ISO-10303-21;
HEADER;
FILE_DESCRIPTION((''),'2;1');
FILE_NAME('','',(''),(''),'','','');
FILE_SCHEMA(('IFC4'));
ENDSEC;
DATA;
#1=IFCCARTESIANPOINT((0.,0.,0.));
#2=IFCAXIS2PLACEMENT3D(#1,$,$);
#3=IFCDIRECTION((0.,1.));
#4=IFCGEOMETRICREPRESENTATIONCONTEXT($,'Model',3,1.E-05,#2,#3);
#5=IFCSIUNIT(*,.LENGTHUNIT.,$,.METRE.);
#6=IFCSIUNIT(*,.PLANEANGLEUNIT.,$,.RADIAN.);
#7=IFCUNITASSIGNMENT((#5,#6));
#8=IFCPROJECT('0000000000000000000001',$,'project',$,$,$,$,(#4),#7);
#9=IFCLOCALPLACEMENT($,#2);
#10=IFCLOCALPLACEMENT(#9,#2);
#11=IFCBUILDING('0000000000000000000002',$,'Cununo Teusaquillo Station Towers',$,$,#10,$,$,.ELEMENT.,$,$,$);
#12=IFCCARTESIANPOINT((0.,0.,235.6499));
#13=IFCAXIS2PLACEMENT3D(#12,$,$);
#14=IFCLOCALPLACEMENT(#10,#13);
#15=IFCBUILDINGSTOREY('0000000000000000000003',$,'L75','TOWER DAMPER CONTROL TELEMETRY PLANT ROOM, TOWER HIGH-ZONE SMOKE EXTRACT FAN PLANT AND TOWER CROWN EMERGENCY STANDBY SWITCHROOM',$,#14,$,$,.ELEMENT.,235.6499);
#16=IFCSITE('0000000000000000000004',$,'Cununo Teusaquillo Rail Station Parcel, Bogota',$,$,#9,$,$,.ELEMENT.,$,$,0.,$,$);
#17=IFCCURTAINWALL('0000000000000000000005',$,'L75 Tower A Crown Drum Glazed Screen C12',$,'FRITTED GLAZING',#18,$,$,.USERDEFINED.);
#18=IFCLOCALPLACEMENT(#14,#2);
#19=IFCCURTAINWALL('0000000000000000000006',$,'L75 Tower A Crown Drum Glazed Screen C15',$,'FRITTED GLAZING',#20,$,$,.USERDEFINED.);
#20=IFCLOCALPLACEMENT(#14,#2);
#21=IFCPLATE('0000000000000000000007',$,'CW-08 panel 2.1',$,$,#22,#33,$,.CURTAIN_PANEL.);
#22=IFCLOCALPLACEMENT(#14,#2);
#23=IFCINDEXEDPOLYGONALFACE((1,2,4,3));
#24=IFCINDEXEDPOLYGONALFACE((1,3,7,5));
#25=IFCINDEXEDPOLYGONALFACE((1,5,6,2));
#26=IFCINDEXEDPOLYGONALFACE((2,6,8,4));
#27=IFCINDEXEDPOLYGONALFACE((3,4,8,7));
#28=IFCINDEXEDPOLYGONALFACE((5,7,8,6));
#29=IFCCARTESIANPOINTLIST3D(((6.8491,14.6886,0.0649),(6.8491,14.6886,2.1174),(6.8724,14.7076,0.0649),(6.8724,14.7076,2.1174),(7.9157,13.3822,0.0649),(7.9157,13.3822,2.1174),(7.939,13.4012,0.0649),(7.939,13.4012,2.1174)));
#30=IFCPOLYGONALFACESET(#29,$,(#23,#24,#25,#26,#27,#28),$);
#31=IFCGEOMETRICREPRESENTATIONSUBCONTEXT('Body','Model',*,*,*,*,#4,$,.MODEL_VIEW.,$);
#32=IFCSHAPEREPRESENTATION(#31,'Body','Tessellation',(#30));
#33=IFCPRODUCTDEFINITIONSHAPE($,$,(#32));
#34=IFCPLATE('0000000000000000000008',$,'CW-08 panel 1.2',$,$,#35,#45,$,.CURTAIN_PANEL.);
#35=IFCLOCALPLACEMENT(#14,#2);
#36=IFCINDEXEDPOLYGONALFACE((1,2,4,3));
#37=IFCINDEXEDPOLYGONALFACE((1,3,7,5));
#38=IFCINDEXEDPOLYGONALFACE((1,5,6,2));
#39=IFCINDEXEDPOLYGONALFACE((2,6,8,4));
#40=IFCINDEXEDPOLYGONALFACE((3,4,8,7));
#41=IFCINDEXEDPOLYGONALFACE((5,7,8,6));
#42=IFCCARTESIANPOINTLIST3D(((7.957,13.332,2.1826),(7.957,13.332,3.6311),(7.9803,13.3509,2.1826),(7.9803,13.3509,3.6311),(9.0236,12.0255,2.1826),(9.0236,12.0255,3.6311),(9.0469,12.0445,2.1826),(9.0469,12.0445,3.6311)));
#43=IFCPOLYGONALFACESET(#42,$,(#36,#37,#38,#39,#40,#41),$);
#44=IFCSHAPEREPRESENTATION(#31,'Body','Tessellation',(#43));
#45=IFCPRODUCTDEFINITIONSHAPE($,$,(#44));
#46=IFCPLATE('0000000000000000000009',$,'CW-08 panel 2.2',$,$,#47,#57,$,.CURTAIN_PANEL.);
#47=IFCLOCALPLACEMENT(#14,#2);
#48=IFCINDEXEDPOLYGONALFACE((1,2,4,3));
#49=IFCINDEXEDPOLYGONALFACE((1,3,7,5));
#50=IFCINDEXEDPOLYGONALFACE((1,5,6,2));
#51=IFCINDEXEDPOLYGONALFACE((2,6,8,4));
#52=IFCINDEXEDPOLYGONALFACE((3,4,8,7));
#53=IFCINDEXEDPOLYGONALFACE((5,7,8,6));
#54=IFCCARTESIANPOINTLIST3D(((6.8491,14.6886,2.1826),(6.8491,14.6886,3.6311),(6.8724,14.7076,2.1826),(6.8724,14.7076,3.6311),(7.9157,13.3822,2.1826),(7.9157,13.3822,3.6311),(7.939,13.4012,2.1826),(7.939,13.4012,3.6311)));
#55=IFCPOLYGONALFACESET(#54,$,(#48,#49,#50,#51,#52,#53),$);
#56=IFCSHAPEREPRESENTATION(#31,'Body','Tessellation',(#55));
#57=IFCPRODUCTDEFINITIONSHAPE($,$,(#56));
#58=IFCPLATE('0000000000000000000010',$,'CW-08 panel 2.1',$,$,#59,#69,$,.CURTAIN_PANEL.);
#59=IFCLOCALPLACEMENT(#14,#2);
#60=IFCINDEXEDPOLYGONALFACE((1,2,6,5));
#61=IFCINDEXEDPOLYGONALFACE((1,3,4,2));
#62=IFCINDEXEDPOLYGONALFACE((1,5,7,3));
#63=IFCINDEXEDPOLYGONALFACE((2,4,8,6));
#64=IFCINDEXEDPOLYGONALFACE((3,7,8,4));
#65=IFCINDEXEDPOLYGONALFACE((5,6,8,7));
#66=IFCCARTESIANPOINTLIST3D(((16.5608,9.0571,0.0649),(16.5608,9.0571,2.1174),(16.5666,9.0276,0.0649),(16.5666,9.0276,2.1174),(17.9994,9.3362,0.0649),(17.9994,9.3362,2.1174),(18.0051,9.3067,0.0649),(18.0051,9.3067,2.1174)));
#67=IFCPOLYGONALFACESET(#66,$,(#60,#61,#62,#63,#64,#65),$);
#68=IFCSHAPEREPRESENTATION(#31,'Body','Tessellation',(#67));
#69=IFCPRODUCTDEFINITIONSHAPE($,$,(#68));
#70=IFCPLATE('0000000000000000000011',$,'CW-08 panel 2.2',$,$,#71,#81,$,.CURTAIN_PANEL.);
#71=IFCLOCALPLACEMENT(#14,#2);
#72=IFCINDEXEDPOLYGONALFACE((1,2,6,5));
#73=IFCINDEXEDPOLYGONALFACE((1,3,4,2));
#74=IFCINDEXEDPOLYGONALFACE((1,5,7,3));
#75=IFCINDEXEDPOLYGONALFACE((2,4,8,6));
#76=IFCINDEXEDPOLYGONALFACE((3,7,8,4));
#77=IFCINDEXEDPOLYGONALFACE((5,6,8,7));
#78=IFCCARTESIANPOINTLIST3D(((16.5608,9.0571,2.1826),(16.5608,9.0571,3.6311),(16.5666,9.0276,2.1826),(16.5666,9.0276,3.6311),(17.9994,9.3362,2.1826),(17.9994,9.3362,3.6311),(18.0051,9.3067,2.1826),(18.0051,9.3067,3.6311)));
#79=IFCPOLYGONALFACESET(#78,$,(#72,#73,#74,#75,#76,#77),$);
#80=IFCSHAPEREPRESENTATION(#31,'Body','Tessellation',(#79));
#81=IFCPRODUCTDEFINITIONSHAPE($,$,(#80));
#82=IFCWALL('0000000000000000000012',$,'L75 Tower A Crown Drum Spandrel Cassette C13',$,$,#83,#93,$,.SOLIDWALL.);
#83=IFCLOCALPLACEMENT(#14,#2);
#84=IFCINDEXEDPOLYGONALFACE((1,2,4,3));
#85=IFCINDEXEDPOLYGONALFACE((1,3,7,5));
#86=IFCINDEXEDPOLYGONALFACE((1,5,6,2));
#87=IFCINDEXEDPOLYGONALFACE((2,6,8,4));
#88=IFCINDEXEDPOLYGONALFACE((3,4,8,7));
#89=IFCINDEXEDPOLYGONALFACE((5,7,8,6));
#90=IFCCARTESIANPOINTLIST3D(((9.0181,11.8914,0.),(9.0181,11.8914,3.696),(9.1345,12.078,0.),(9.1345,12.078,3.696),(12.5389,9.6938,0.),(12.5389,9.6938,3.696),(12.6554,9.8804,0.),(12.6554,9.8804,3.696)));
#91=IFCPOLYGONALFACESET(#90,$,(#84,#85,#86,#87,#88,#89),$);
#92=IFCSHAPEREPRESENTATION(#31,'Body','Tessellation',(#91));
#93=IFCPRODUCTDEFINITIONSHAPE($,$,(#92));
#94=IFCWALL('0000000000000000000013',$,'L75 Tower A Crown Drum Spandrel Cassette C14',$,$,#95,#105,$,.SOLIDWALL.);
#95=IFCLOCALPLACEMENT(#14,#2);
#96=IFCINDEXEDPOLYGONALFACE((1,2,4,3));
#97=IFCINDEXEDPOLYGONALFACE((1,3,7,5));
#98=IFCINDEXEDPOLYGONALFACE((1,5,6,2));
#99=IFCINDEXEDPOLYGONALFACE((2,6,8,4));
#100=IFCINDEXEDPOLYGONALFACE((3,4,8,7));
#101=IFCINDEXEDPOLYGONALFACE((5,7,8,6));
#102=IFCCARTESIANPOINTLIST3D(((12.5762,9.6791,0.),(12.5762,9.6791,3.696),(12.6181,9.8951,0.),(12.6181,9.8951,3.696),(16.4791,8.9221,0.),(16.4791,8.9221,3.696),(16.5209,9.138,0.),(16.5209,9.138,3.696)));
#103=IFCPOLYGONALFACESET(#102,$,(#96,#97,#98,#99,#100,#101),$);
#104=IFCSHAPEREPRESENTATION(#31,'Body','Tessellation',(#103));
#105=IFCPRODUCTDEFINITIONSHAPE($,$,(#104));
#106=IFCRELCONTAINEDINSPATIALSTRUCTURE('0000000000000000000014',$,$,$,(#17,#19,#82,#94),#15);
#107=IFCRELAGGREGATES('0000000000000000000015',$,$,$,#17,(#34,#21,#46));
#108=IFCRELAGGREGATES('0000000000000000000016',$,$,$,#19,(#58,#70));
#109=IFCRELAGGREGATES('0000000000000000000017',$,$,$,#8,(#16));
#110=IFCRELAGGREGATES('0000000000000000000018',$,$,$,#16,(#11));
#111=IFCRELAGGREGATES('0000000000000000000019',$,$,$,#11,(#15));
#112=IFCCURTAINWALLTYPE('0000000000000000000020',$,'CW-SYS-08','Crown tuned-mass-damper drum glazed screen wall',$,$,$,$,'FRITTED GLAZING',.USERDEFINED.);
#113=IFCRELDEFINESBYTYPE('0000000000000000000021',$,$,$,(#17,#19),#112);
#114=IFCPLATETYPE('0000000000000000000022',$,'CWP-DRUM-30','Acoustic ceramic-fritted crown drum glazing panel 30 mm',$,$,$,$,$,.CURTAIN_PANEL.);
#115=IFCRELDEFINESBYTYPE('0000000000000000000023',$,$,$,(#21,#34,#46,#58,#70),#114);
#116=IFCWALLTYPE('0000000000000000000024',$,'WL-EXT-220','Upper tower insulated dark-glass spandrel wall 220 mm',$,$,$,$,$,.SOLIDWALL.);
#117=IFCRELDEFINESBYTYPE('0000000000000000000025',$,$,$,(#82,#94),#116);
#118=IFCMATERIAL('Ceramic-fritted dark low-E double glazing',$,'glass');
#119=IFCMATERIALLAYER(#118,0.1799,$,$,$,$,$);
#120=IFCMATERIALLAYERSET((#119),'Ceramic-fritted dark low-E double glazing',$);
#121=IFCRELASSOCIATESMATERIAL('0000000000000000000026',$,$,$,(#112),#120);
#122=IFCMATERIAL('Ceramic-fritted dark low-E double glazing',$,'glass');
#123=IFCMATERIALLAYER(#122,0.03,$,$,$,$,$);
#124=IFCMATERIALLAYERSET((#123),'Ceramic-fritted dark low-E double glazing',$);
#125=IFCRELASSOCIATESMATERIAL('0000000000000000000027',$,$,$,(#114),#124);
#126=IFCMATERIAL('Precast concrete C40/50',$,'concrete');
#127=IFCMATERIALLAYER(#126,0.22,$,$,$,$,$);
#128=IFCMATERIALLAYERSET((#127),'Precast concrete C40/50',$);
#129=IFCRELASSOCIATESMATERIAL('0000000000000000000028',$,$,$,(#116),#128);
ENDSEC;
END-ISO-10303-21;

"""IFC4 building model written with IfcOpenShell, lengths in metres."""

from ifc_helpers import new_model, si_unit, direction, frame, frame_2d, origin, origin_2d, place, context, subcontext, project, spatial, rectangle, extrude, source, transform, mapped, material, layer, layer_set, type_object, element, aggregate, save


model = new_model("IFC4")

# Units and contexts
model_context = context("Model", 3, precision=1e-05, world=origin(), true_north=direction((0.0, 1.0)))
body_context = subcontext(model_context, "Body", "Model", "MODEL_VIEW")
ifc_project = project(units=[si_unit("LENGTHUNIT", "METRE"), si_unit("PLANEANGLEUNIT", "RADIAN")], contexts=[model_context])

# Site, building, storey
site_placement = place(None, origin())
site = spatial("IfcSite", under=ifc_project, at=site_placement, Name="Cununo Teusaquillo Rail Station Parcel, Bogota", CompositionType="ELEMENT", RefElevation=0.0)
building_placement = place(site_placement, origin())
building = spatial("IfcBuilding", under=site, at=building_placement, Name="Cununo Teusaquillo Station Towers", CompositionType="ELEMENT")
storey_placement = place(building_placement, frame((0.0, 0.0, 235.6499)))
storey = spatial("IfcBuildingStorey", under=building, at=storey_placement, Name="L75", Description="TOWER DAMPER CONTROL TELEMETRY PLANT ROOM, TOWER HIGH-ZONE SMOKE EXTRACT FAN PLANT AND TOWER CROWN EMERGENCY STANDBY SWITCHROOM", CompositionType="ELEMENT", Elevation=235.6499)

# Curtain walls
ifc_material_1 = material(Name="Ceramic-fritted dark low-E double glazing", Category="glass")
ifc_layer_1 = layer(ifc_material_1, 0.1799)
ifc_layer_set_1 = layer_set([ifc_layer_1], Name="Ceramic-fritted dark low-E double glazing")
curtain_wall_type = type_object("IfcCurtainWallType", Name="CW-SYS-08", Description="Crown tuned-mass-damper drum glazed screen wall", ElementType="FRITTED GLAZING", PredefinedType="USERDEFINED", material=ifc_layer_set_1)
curtain_wall_1_placement = place(storey_placement, origin())
curtain_wall_1 = element("IfcCurtainWall", 1, at=curtain_wall_1_placement, inside=storey, type_object=curtain_wall_type, Name="L75 Tower A Crown Drum Glazed Screen C12", ObjectType="FRITTED GLAZING", PredefinedType="USERDEFINED")
curtain_wall_2_placement = place(storey_placement, origin())
curtain_wall_2 = element("IfcCurtainWall", 2, at=curtain_wall_2_placement, inside=storey, type_object=curtain_wall_type, Name="L75 Tower A Crown Drum Glazed Screen C15", ObjectType="FRITTED GLAZING", PredefinedType="USERDEFINED")

# Plates
ifc_material_2 = material(Name="Ceramic-fritted dark low-E double glazing", Category="glass")
ifc_layer_2 = layer(ifc_material_2, 0.03)
ifc_layer_set_2 = layer_set([ifc_layer_2], Name="Ceramic-fritted dark low-E double glazing")
plate_type_1 = type_object("IfcPlateType", Name="CWP-DRUM-30", Description="Acoustic ceramic-fritted crown drum glazing panel 30 mm", PredefinedType="CURTAIN_PANEL", material=ifc_layer_set_2)
shared_shape_1 = source(origin(), body_context, "Body", "SweptSolid", [
    extrude(rectangle(XDim=1.6865, YDim=0.03, at=origin_2d()), origin(), (0.0, 0.0, 1.0), 2.0525),
])
plate_1_placement = place(storey_placement, frame((7.394, 14.0449, 0.0649), z_axis=(0.0, 0.0, 1.0), x_axis=(-0.632409, 0.774635, 0.0)))
plate_1 = element("IfcPlate", 3, at=plate_1_placement, type_object=plate_type_1, Name="CW-08 panel 2.1", PredefinedType="CURTAIN_PANEL", context=body_context, shape_type="MappedRepresentation", body=[
    mapped(shared_shape_1, transform((0.0, 0.0, 0.0), x_axis=(1.0, 0.0, 0.0), y_axis=(0.0, 1.0, 0.0), z_axis=(0.0, 0.0, 1.0), scale=1.0)),
])
shared_shape_2 = source(origin(), body_context, "Body", "SweptSolid", [
    extrude(rectangle(XDim=1.6865, YDim=0.03, at=origin_2d()), origin(), (0.0, 0.0, 1.0), 1.4485),
])
plate_2_placement = place(storey_placement, frame((8.502, 12.6882, 2.1826), z_axis=(0.0, 0.0, 1.0), x_axis=(-0.632409, 0.774635, 0.0)))
plate_2 = element("IfcPlate", 4, at=plate_2_placement, type_object=plate_type_1, Name="CW-08 panel 1.2", PredefinedType="CURTAIN_PANEL", context=body_context, shape_type="MappedRepresentation", body=[
    mapped(shared_shape_2, transform((0.0, 0.0, 0.0), x_axis=(1.0, 0.0, 0.0), y_axis=(0.0, 1.0, 0.0), z_axis=(0.0, 0.0, 1.0), scale=1.0)),
])
plate_3_placement = place(storey_placement, frame((7.394, 14.0449, 2.1826), z_axis=(0.0, 0.0, 1.0), x_axis=(-0.632409, 0.774635, 0.0)))
plate_3 = element("IfcPlate", 5, at=plate_3_placement, type_object=plate_type_1, Name="CW-08 panel 2.2", PredefinedType="CURTAIN_PANEL", context=body_context, shape_type="MappedRepresentation", body=[
    mapped(shared_shape_2, transform((0.0, 0.0, 0.0), x_axis=(1.0, 0.0, 0.0), y_axis=(0.0, 1.0, 0.0), z_axis=(0.0, 0.0, 1.0), scale=1.0)),
])
aggregate(curtain_wall_1, [plate_2, plate_1, plate_3])
shared_shape_3 = source(origin(), body_context, "Body", "SweptSolid", [
    extrude(rectangle(XDim=1.4653, YDim=0.03, at=origin_2d()), origin(), (0.0, 0.0, 1.0), 2.0525),
])
plate_4_placement = place(storey_placement, frame((17.283, 9.1819, 0.0649), z_axis=(0.0, 0.0, 1.0), x_axis=(-0.981696, -0.190453, 0.0)))
plate_4 = element("IfcPlate", 6, at=plate_4_placement, type_object=plate_type_1, Name="CW-08 panel 2.1", PredefinedType="CURTAIN_PANEL", context=body_context, shape_type="MappedRepresentation", body=[
    mapped(shared_shape_3, transform((0.0, 0.0, 0.0), x_axis=(1.0, 0.0, 0.0), y_axis=(0.0, 1.0, 0.0), z_axis=(0.0, 0.0, 1.0), scale=1.0)),
])
shared_shape_4 = source(origin(), body_context, "Body", "SweptSolid", [
    extrude(rectangle(XDim=1.4653, YDim=0.03, at=origin_2d()), origin(), (0.0, 0.0, 1.0), 1.4485),
])
plate_5_placement = place(storey_placement, frame((17.283, 9.1819, 2.1826), z_axis=(0.0, 0.0, 1.0), x_axis=(-0.981696, -0.190453, 0.0)))
plate_5 = element("IfcPlate", 7, at=plate_5_placement, type_object=plate_type_1, Name="CW-08 panel 2.2", PredefinedType="CURTAIN_PANEL", context=body_context, shape_type="MappedRepresentation", body=[
    mapped(shared_shape_4, transform((0.0, 0.0, 0.0), x_axis=(1.0, 0.0, 0.0), y_axis=(0.0, 1.0, 0.0), z_axis=(0.0, 0.0, 1.0), scale=1.0)),
])
aggregate(curtain_wall_2, [plate_4, plate_5])

# Walls
ifc_material_3 = material(Name="Precast concrete C40/50", Category="concrete")
ifc_layer_3 = layer(ifc_material_3, 0.22)
ifc_layer_set_3 = layer_set([ifc_layer_3], Name="Precast concrete C40/50")
wall_type = type_object("IfcWallType", Name="WL-EXT-220", Description="Upper tower insulated dark-glass spandrel wall 220 mm", PredefinedType="SOLIDWALL", material=ifc_layer_set_3)
wall_1_placement = place(storey_placement, frame((12.5972, 9.7871, 0.0), z_axis=(0.0, 0.0, 1.0), x_axis=(-0.848319, 0.529486, 0.0)))
element("IfcWall", 8, at=wall_1_placement, inside=storey, type_object=wall_type, Name="L75 Tower A Crown Drum Spandrel Cassette C13", PredefinedType="SOLIDWALL", context=body_context, shape_type="SweptSolid", body=[
    extrude(rectangle(XDim=4.1504, YDim=0.22, at=frame_2d((2.0752, 0.0))), origin(), (0.0, 0.0, 1.0), 3.696),
])
wall_2_placement = place(storey_placement, frame((16.5, 9.03, 0.0), z_axis=(0.0, 0.0, 1.0), x_axis=(-0.9817, 0.190432, 0.0)))
element("IfcWall", 9, at=wall_2_placement, inside=storey, type_object=wall_type, Name="L75 Tower A Crown Drum Spandrel Cassette C14", PredefinedType="SOLIDWALL", context=body_context, shape_type="SweptSolid", body=[
    extrude(rectangle(XDim=3.9756, YDim=0.22, at=frame_2d((1.9878, 0.0))), origin(), (0.0, 0.0, 1.0), 3.696),
])

save(model, "model.ifc")
